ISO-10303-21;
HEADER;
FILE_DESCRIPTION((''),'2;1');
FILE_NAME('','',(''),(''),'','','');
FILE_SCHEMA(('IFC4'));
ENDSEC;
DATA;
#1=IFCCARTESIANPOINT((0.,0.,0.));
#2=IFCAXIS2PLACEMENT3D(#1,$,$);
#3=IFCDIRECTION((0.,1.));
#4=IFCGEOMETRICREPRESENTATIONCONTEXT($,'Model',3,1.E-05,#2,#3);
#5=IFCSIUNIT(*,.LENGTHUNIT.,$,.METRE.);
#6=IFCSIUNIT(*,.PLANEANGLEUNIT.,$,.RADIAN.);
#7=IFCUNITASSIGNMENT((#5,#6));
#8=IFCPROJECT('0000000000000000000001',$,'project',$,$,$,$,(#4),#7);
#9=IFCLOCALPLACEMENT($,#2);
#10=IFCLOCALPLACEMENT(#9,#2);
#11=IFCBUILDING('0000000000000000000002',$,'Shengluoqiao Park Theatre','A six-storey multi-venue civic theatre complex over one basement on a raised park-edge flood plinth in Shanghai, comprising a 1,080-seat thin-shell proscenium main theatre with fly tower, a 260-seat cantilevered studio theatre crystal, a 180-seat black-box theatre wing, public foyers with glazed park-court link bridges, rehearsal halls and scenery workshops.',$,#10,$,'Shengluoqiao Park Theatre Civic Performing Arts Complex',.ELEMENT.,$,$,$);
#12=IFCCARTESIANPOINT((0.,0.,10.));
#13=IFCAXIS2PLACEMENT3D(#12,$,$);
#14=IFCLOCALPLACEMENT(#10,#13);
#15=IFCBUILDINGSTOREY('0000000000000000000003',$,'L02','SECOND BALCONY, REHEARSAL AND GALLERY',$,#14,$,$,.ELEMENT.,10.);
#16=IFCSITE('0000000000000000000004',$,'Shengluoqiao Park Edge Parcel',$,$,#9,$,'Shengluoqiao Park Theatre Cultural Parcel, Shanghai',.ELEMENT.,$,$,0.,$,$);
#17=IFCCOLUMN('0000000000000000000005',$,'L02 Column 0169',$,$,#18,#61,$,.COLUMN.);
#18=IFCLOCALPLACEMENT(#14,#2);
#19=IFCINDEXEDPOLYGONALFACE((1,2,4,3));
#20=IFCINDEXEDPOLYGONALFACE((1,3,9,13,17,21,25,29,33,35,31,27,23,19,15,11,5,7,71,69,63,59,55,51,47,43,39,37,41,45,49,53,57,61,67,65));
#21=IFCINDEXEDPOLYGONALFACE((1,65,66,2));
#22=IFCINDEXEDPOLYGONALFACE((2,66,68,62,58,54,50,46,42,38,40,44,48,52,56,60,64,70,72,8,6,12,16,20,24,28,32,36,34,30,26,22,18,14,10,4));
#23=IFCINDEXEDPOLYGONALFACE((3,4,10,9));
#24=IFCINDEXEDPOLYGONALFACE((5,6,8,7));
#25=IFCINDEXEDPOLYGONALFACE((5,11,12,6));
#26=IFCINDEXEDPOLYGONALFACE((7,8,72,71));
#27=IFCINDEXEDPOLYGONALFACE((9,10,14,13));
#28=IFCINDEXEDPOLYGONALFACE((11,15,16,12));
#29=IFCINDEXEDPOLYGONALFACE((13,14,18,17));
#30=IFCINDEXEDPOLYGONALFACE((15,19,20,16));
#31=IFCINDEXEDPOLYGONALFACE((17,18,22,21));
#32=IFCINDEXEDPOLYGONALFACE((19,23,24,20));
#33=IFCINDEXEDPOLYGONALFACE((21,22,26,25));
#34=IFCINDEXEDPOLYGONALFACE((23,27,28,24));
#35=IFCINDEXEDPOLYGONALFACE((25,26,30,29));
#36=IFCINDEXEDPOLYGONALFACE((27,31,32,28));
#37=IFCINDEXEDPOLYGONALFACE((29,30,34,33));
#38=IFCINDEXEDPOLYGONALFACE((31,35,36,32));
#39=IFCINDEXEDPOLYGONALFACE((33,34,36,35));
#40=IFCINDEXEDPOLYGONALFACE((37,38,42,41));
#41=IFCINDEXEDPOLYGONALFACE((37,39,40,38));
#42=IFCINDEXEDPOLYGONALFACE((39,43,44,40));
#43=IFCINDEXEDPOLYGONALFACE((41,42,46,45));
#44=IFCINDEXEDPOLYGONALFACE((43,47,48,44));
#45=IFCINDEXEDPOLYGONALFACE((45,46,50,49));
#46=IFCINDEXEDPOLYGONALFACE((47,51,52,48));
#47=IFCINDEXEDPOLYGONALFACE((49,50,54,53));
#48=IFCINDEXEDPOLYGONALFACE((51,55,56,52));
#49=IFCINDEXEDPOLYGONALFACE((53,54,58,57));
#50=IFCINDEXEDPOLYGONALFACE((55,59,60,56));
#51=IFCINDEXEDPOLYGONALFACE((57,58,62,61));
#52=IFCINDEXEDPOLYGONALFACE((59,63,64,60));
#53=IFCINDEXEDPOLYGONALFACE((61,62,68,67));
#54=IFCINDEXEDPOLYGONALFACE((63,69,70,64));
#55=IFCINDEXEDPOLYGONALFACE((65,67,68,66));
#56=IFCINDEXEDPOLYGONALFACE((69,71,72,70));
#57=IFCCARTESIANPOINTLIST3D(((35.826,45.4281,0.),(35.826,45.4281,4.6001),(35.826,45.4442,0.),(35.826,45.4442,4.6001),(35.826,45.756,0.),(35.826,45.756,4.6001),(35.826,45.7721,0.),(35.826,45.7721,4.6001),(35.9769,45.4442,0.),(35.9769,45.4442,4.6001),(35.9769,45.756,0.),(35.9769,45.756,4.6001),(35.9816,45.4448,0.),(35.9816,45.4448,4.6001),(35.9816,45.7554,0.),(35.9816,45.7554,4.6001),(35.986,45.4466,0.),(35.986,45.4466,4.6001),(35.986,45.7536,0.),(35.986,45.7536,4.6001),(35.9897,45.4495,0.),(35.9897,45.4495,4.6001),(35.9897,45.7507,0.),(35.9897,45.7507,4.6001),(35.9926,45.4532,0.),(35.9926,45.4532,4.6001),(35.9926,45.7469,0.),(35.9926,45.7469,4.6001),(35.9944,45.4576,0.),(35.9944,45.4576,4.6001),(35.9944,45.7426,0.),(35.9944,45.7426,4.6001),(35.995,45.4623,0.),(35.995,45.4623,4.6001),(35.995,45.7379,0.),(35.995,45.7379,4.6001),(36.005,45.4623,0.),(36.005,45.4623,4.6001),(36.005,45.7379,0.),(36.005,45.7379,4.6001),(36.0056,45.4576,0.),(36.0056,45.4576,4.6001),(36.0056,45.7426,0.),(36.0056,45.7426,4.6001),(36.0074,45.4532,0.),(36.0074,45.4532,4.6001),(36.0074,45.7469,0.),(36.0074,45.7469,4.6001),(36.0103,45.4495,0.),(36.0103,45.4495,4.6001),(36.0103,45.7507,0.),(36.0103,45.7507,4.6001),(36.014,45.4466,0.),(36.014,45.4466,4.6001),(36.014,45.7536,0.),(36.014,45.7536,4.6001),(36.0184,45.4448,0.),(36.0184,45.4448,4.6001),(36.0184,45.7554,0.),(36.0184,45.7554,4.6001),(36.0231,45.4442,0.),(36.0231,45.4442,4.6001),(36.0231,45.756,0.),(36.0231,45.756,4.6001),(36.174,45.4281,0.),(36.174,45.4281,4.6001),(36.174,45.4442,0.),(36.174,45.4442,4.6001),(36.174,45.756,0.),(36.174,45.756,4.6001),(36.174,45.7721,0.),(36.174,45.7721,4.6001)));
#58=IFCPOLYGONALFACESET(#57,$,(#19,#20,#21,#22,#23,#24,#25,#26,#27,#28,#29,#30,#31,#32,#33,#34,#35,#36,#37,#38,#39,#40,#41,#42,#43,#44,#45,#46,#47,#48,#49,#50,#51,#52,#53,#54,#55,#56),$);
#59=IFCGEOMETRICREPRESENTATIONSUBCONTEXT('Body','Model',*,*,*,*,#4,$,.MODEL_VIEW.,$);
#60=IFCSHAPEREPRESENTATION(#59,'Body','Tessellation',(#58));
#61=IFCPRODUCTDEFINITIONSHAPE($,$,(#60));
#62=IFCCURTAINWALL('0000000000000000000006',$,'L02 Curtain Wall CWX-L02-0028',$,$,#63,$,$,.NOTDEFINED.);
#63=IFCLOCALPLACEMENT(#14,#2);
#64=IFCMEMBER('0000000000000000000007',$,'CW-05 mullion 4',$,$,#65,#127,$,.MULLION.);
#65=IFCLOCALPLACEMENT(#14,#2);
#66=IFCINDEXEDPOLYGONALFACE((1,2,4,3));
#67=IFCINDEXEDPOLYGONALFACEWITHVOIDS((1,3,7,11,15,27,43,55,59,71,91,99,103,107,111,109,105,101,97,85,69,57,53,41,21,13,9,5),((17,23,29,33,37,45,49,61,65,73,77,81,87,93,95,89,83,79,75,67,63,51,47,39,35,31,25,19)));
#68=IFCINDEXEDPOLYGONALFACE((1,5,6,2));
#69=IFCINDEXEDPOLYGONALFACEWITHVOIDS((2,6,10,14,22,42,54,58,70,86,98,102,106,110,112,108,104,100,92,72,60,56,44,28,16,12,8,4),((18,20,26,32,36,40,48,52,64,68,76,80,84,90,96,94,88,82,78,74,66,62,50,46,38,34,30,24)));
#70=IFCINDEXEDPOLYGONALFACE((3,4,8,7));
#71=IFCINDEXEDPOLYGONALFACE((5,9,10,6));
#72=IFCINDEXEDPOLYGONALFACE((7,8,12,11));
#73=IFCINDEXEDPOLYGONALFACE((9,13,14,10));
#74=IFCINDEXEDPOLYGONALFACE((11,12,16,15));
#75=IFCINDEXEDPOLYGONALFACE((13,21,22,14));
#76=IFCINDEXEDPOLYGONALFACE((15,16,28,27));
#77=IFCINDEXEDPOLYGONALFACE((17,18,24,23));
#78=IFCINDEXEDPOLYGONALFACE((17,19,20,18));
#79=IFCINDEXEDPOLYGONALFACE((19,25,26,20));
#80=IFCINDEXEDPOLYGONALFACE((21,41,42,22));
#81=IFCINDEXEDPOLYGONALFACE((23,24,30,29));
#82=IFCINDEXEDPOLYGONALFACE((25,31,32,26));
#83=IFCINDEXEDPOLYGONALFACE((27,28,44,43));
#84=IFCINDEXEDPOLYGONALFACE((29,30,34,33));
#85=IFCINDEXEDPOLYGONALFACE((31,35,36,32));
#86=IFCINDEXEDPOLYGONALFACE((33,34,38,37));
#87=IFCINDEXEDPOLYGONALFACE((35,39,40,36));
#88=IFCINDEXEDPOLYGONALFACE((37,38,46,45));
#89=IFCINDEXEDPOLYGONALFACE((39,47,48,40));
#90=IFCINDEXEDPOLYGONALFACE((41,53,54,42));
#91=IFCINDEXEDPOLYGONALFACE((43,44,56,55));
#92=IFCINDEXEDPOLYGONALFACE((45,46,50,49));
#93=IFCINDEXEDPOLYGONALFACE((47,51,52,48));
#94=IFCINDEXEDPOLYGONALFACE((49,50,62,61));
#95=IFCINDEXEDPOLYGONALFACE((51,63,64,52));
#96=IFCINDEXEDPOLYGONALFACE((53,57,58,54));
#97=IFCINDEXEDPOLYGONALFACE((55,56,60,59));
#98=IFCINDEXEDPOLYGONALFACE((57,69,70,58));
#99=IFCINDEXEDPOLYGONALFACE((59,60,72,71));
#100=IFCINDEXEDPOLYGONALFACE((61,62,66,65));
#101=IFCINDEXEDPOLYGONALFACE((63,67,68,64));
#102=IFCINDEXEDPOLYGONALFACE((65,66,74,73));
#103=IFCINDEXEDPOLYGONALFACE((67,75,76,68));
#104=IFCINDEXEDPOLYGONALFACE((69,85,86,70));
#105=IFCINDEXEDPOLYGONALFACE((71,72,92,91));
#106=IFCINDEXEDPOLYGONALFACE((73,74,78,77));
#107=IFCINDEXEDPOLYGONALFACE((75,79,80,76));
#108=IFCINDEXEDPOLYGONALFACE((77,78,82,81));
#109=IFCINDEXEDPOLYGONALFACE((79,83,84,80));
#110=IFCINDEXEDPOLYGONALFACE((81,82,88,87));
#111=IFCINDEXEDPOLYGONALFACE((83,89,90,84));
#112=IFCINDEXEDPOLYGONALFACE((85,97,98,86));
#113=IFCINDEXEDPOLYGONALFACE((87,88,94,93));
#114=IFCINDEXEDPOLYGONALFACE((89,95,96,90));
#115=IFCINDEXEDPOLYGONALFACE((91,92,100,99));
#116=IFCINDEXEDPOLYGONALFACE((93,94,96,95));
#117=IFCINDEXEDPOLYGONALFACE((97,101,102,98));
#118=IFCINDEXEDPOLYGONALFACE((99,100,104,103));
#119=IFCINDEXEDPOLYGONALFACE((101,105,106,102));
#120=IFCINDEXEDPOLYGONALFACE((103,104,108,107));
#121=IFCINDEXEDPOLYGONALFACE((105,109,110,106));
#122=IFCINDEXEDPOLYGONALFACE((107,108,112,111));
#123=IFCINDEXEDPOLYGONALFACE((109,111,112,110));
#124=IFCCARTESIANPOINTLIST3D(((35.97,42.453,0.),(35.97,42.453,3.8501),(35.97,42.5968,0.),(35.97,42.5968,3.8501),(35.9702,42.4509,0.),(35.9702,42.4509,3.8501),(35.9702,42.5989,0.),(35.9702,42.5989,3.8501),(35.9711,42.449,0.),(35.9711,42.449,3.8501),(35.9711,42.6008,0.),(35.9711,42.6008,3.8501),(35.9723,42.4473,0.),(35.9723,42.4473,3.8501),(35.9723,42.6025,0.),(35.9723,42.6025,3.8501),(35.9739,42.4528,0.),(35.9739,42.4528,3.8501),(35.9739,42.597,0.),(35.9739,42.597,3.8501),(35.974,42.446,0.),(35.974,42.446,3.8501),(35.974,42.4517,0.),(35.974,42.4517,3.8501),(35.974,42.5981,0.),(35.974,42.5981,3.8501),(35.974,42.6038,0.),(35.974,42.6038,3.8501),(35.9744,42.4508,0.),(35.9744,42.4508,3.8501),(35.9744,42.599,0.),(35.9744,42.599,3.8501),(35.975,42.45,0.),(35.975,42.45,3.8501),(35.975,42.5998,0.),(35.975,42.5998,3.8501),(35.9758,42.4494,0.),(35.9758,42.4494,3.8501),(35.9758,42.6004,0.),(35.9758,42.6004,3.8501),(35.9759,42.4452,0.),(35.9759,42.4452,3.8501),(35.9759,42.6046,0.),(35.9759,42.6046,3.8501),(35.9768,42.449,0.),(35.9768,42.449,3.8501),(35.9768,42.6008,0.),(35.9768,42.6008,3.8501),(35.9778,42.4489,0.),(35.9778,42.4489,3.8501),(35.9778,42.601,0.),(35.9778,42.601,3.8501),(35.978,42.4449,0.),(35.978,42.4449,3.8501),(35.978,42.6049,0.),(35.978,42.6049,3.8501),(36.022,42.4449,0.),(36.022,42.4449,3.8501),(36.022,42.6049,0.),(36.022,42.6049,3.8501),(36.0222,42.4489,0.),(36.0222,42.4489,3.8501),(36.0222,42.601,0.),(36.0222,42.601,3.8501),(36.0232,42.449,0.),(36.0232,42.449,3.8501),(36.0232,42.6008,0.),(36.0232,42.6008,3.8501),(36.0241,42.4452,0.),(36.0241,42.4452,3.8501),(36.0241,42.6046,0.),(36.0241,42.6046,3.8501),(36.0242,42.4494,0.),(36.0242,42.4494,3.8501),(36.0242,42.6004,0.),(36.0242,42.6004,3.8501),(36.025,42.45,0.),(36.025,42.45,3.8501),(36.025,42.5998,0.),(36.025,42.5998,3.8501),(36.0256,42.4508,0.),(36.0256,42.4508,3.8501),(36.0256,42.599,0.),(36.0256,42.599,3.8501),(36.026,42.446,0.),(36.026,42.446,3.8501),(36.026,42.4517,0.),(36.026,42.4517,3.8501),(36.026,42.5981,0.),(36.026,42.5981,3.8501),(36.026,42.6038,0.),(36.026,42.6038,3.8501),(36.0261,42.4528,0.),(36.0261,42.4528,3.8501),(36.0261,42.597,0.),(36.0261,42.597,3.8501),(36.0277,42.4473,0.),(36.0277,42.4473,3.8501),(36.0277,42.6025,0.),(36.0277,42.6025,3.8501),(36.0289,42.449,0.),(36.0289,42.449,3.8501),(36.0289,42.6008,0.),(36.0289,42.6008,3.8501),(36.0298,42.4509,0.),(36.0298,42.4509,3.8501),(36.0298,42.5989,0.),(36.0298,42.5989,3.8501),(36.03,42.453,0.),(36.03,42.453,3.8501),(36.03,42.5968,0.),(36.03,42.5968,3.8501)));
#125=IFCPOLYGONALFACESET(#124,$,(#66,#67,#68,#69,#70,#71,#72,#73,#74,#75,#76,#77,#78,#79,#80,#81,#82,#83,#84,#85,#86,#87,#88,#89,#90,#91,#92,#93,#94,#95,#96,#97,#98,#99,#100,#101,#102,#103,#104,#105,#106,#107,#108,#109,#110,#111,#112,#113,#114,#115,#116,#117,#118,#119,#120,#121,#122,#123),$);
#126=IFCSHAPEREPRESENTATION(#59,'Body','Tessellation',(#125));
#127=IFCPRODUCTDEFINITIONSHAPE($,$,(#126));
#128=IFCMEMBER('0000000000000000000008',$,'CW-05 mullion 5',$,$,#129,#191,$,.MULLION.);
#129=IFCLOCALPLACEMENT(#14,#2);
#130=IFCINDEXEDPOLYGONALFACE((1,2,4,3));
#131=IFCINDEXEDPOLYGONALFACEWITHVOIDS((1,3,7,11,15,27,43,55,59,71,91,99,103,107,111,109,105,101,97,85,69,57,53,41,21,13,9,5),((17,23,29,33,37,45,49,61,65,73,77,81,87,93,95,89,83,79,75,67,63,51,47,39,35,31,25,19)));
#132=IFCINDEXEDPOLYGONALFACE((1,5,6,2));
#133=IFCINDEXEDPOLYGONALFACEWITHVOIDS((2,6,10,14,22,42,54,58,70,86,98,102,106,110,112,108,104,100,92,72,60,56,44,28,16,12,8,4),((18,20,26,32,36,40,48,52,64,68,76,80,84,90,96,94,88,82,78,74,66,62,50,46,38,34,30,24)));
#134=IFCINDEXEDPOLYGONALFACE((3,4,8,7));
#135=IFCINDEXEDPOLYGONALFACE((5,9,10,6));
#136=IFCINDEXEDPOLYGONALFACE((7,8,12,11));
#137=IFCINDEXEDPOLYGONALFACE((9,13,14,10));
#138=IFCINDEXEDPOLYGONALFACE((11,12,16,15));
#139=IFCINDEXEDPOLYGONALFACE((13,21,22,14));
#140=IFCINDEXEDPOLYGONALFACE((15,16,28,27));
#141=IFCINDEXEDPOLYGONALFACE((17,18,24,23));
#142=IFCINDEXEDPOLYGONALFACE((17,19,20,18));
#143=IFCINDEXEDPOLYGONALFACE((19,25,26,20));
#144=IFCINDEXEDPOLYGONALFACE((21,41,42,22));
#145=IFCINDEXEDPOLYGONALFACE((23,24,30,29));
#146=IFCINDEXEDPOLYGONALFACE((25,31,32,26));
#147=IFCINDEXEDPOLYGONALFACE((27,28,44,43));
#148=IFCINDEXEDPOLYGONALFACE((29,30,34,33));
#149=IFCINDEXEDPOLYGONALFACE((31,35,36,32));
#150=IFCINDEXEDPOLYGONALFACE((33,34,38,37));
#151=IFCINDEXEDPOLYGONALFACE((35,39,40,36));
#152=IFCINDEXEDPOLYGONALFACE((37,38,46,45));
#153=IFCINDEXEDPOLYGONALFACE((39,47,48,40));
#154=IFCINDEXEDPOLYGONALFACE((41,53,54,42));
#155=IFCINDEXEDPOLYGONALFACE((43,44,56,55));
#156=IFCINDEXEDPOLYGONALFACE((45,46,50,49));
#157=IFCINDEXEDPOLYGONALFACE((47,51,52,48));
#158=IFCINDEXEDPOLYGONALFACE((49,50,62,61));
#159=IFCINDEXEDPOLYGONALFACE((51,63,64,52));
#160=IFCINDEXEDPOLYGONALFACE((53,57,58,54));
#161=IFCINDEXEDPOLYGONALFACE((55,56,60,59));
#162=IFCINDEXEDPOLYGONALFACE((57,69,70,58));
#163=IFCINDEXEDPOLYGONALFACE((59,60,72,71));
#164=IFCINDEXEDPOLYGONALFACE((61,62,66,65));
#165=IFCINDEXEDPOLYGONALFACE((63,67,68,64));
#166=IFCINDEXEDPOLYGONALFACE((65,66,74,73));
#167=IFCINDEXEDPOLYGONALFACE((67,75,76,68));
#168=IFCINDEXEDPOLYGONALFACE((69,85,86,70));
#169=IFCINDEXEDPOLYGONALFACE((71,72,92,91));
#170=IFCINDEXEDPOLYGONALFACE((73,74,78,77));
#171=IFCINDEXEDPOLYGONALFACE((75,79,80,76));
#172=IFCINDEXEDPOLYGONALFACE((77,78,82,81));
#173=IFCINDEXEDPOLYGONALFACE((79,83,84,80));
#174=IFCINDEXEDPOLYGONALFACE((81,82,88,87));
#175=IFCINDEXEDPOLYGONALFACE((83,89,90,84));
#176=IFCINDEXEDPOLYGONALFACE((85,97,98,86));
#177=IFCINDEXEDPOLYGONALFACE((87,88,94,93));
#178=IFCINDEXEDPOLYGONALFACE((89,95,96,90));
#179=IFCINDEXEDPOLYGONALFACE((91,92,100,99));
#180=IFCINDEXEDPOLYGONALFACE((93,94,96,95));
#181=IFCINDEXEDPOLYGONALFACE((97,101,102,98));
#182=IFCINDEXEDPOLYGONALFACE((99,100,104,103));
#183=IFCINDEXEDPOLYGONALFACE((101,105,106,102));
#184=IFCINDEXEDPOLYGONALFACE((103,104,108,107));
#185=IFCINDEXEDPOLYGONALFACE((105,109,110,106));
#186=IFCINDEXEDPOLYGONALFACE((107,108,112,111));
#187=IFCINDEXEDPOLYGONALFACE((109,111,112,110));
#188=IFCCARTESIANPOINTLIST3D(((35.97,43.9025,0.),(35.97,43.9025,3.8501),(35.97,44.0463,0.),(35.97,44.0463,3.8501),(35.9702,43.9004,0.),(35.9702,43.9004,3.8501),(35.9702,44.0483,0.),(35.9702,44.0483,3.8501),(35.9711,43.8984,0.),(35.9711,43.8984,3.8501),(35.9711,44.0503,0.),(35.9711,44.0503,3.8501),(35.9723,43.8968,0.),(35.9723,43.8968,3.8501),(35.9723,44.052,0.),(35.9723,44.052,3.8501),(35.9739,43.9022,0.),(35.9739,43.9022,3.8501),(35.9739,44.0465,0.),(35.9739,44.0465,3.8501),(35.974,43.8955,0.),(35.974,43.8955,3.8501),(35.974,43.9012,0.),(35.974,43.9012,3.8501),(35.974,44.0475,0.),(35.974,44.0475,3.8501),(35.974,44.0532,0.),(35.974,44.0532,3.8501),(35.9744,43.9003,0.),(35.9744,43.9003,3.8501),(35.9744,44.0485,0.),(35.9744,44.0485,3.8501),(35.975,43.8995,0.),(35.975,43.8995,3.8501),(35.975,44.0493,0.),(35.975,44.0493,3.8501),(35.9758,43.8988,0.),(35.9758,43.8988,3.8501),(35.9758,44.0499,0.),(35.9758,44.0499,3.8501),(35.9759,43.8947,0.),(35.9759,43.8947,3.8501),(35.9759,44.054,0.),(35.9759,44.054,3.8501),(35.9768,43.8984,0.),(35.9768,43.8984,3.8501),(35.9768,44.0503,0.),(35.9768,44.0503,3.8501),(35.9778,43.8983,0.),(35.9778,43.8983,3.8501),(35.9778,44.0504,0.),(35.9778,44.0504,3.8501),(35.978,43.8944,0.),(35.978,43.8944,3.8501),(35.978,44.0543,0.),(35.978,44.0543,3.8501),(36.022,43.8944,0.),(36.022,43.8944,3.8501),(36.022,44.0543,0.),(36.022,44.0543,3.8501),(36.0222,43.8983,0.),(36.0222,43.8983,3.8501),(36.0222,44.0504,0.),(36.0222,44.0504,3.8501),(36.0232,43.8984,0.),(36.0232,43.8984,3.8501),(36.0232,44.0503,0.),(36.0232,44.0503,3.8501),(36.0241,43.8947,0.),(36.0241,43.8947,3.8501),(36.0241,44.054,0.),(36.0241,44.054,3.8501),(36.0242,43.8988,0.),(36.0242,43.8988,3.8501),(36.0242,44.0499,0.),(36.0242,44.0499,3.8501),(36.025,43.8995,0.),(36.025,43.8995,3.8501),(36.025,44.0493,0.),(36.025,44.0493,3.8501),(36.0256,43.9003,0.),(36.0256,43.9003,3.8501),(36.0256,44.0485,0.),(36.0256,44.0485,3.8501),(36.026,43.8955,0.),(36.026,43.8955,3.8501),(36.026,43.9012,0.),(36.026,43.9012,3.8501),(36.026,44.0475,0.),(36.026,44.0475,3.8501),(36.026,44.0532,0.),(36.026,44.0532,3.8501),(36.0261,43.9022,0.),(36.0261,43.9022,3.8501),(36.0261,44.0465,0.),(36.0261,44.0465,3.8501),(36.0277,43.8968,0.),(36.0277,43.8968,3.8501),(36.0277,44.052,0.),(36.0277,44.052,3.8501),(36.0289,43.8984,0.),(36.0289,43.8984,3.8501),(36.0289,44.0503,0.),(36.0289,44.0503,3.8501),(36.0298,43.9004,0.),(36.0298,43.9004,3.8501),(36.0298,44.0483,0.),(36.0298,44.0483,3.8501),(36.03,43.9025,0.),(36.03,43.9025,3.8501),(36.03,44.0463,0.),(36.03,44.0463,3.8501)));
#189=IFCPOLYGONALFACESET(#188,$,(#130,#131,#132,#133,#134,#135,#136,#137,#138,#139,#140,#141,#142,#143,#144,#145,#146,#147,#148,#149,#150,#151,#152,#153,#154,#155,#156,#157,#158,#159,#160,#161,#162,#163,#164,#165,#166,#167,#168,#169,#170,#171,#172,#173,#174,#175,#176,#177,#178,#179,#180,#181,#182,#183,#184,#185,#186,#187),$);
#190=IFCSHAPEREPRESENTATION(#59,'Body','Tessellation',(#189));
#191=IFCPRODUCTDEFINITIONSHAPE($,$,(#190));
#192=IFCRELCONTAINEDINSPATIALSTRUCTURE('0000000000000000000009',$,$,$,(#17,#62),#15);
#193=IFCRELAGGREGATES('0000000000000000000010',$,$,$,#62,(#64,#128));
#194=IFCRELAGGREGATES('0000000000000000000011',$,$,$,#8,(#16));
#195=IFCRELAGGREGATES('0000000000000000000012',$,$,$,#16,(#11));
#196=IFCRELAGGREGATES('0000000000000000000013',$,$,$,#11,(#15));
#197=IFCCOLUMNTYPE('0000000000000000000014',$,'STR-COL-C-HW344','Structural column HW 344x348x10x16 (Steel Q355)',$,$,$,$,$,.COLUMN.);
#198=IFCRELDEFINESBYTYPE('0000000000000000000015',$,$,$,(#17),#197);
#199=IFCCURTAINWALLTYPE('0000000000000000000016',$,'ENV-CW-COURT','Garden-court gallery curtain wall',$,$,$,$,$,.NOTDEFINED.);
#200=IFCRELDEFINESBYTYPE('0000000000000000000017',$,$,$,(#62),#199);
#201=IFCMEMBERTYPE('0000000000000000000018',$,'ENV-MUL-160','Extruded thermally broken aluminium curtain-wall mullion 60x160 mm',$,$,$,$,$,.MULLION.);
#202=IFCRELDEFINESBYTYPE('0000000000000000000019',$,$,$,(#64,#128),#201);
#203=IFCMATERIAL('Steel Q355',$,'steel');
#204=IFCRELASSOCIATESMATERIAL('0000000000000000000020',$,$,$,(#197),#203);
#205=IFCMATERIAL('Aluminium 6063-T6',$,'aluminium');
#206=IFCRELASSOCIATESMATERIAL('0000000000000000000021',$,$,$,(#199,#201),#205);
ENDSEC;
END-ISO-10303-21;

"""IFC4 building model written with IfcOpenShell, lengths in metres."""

from ifc_helpers import new_model, si_unit, direction, frame, origin, origin_2d, place, context, subcontext, project, spatial, hollow_rectangle, i_section, extrude, material, material_profile, profile_set, type_object, element, aggregate, save


model = new_model("IFC4")

# Units and contexts
model_context = context("Model", 3, precision=1e-05, world=origin(), true_north=direction((0.0, 1.0)))
body_context = subcontext(model_context, "Body", "Model", "MODEL_VIEW")
ifc_project = project(units=[si_unit("LENGTHUNIT", "METRE"), si_unit("PLANEANGLEUNIT", "RADIAN")], contexts=[model_context])

# Site, building, storey
site_placement = place(None, origin())
site = spatial("IfcSite", under=ifc_project, at=site_placement, Name="Shengluoqiao Park Edge Parcel", LongName="Shengluoqiao Park Theatre Cultural Parcel, Shanghai", CompositionType="ELEMENT", RefElevation=0.0)
building_placement = place(site_placement, origin())
building = spatial("IfcBuilding", under=site, at=building_placement, Name="Shengluoqiao Park Theatre", Description="A six-storey multi-venue civic theatre complex over one basement on a raised park-edge flood plinth in Shanghai, comprising a 1,080-seat thin-shell proscenium main theatre with fly tower, a 260-seat cantilevered studio theatre crystal, a 180-seat black-box theatre wing, public foyers with glazed park-court link bridges, rehearsal halls and scenery workshops.", LongName="Shengluoqiao Park Theatre Civic Performing Arts Complex", CompositionType="ELEMENT")
storey_placement = place(building_placement, frame((0.0, 0.0, 10.0)))
storey = spatial("IfcBuildingStorey", under=building, at=storey_placement, Name="L02", Description="SECOND BALCONY, REHEARSAL AND GALLERY", CompositionType="ELEMENT", Elevation=10.0)

# Column
ifc_material_1 = material(Name="Steel Q355", Category="steel")
ifc_material_profile_1 = material_profile(ifc_material_1, i_section(OverallWidth=0.3479, OverallDepth=0.344, WebThickness=0.01, FlangeThickness=0.0161, FilletRadius=0.0181, at=origin_2d()), Name="HW 344x348x10x16")
ifc_profile_set_1 = profile_set([ifc_material_profile_1], Name="Steel Q355")
column_type = type_object("IfcColumnType", Name="STR-COL-C-HW344", Description="Structural column HW 344x348x10x16 (Steel Q355)", PredefinedType="COLUMN", material=ifc_profile_set_1)
column_placement = place(storey_placement, frame((36.0, 45.6001, 0.0), z_axis=(0.0, 0.0, 1.0), x_axis=(1.0, 0.0, 0.0)))
element("IfcColumn", 1, at=column_placement, inside=storey, type_object=column_type, Name="L02 Column 0169", PredefinedType="COLUMN", context=body_context, shape_type="SweptSolid", body=[
    extrude(i_section(OverallWidth=0.3479, OverallDepth=0.344, WebThickness=0.01, FlangeThickness=0.0161, FilletRadius=0.0181, at=origin_2d()), origin(), (0.0, 0.0, 1.0), 4.6001),
])

# Curtain wall, members
ifc_material_2 = material(Name="Aluminium 6063-T6", Category="aluminium")
curtain_wall_type = type_object("IfcCurtainWallType", Name="ENV-CW-COURT", Description="Garden-court gallery curtain wall", PredefinedType="NOTDEFINED", material=ifc_material_2)
curtain_wall_1_placement = place(storey_placement, origin())
curtain_wall_1 = element("IfcCurtainWall", 2, at=curtain_wall_1_placement, inside=storey, type_object=curtain_wall_type, Name="L02 Curtain Wall CWX-L02-0028", PredefinedType="NOTDEFINED")
ifc_material_profile_2 = material_profile(ifc_material_2, hollow_rectangle(XDim=0.0601, YDim=0.1599, WallThickness=0.0039, InnerFilletRadius=0.0039, OuterFilletRadius=0.0081, at=origin_2d()), Name="ALU MULLION 160x60x4")
ifc_profile_set_2 = profile_set([ifc_material_profile_2], Name="Aluminium 6063-T6")
member_type_1 = type_object("IfcMemberType", Name="ENV-MUL-160", Description="Extruded thermally broken aluminium curtain-wall mullion 60x160 mm", PredefinedType="MULLION", material=ifc_profile_set_2)
member_1_placement = place(storey_placement, frame((36.0, 42.5249, 0.0), z_axis=(0.0, 0.0, 1.0), x_axis=(-1.0, 0.0, 0.0)))
member_1 = element("IfcMember", 3, at=member_1_placement, type_object=member_type_1, Name="CW-05 mullion 4", PredefinedType="MULLION", context=body_context, shape_type="SweptSolid", body=[
    extrude(hollow_rectangle(XDim=0.0601, YDim=0.1599, WallThickness=0.0039, InnerFilletRadius=0.0039, OuterFilletRadius=0.0081, at=origin_2d()), origin(), (0.0, 0.0, 1.0), 3.8501),
])
member_2_placement = place(storey_placement, frame((36.0, 43.9744, 0.0), z_axis=(0.0, 0.0, 1.0), x_axis=(-1.0, 0.0, 0.0)))
member_2 = element("IfcMember", 4, at=member_2_placement, type_object=member_type_1, Name="CW-05 mullion 5", PredefinedType="MULLION", context=body_context, shape_type="SweptSolid", body=[
    extrude(hollow_rectangle(XDim=0.0601, YDim=0.1599, WallThickness=0.0039, InnerFilletRadius=0.0039, OuterFilletRadius=0.0081, at=origin_2d()), origin(), (0.0, 0.0, 1.0), 3.8501),
])

aggregate(curtain_wall_1, [member_1, member_2])

save(model, "model.ifc")
